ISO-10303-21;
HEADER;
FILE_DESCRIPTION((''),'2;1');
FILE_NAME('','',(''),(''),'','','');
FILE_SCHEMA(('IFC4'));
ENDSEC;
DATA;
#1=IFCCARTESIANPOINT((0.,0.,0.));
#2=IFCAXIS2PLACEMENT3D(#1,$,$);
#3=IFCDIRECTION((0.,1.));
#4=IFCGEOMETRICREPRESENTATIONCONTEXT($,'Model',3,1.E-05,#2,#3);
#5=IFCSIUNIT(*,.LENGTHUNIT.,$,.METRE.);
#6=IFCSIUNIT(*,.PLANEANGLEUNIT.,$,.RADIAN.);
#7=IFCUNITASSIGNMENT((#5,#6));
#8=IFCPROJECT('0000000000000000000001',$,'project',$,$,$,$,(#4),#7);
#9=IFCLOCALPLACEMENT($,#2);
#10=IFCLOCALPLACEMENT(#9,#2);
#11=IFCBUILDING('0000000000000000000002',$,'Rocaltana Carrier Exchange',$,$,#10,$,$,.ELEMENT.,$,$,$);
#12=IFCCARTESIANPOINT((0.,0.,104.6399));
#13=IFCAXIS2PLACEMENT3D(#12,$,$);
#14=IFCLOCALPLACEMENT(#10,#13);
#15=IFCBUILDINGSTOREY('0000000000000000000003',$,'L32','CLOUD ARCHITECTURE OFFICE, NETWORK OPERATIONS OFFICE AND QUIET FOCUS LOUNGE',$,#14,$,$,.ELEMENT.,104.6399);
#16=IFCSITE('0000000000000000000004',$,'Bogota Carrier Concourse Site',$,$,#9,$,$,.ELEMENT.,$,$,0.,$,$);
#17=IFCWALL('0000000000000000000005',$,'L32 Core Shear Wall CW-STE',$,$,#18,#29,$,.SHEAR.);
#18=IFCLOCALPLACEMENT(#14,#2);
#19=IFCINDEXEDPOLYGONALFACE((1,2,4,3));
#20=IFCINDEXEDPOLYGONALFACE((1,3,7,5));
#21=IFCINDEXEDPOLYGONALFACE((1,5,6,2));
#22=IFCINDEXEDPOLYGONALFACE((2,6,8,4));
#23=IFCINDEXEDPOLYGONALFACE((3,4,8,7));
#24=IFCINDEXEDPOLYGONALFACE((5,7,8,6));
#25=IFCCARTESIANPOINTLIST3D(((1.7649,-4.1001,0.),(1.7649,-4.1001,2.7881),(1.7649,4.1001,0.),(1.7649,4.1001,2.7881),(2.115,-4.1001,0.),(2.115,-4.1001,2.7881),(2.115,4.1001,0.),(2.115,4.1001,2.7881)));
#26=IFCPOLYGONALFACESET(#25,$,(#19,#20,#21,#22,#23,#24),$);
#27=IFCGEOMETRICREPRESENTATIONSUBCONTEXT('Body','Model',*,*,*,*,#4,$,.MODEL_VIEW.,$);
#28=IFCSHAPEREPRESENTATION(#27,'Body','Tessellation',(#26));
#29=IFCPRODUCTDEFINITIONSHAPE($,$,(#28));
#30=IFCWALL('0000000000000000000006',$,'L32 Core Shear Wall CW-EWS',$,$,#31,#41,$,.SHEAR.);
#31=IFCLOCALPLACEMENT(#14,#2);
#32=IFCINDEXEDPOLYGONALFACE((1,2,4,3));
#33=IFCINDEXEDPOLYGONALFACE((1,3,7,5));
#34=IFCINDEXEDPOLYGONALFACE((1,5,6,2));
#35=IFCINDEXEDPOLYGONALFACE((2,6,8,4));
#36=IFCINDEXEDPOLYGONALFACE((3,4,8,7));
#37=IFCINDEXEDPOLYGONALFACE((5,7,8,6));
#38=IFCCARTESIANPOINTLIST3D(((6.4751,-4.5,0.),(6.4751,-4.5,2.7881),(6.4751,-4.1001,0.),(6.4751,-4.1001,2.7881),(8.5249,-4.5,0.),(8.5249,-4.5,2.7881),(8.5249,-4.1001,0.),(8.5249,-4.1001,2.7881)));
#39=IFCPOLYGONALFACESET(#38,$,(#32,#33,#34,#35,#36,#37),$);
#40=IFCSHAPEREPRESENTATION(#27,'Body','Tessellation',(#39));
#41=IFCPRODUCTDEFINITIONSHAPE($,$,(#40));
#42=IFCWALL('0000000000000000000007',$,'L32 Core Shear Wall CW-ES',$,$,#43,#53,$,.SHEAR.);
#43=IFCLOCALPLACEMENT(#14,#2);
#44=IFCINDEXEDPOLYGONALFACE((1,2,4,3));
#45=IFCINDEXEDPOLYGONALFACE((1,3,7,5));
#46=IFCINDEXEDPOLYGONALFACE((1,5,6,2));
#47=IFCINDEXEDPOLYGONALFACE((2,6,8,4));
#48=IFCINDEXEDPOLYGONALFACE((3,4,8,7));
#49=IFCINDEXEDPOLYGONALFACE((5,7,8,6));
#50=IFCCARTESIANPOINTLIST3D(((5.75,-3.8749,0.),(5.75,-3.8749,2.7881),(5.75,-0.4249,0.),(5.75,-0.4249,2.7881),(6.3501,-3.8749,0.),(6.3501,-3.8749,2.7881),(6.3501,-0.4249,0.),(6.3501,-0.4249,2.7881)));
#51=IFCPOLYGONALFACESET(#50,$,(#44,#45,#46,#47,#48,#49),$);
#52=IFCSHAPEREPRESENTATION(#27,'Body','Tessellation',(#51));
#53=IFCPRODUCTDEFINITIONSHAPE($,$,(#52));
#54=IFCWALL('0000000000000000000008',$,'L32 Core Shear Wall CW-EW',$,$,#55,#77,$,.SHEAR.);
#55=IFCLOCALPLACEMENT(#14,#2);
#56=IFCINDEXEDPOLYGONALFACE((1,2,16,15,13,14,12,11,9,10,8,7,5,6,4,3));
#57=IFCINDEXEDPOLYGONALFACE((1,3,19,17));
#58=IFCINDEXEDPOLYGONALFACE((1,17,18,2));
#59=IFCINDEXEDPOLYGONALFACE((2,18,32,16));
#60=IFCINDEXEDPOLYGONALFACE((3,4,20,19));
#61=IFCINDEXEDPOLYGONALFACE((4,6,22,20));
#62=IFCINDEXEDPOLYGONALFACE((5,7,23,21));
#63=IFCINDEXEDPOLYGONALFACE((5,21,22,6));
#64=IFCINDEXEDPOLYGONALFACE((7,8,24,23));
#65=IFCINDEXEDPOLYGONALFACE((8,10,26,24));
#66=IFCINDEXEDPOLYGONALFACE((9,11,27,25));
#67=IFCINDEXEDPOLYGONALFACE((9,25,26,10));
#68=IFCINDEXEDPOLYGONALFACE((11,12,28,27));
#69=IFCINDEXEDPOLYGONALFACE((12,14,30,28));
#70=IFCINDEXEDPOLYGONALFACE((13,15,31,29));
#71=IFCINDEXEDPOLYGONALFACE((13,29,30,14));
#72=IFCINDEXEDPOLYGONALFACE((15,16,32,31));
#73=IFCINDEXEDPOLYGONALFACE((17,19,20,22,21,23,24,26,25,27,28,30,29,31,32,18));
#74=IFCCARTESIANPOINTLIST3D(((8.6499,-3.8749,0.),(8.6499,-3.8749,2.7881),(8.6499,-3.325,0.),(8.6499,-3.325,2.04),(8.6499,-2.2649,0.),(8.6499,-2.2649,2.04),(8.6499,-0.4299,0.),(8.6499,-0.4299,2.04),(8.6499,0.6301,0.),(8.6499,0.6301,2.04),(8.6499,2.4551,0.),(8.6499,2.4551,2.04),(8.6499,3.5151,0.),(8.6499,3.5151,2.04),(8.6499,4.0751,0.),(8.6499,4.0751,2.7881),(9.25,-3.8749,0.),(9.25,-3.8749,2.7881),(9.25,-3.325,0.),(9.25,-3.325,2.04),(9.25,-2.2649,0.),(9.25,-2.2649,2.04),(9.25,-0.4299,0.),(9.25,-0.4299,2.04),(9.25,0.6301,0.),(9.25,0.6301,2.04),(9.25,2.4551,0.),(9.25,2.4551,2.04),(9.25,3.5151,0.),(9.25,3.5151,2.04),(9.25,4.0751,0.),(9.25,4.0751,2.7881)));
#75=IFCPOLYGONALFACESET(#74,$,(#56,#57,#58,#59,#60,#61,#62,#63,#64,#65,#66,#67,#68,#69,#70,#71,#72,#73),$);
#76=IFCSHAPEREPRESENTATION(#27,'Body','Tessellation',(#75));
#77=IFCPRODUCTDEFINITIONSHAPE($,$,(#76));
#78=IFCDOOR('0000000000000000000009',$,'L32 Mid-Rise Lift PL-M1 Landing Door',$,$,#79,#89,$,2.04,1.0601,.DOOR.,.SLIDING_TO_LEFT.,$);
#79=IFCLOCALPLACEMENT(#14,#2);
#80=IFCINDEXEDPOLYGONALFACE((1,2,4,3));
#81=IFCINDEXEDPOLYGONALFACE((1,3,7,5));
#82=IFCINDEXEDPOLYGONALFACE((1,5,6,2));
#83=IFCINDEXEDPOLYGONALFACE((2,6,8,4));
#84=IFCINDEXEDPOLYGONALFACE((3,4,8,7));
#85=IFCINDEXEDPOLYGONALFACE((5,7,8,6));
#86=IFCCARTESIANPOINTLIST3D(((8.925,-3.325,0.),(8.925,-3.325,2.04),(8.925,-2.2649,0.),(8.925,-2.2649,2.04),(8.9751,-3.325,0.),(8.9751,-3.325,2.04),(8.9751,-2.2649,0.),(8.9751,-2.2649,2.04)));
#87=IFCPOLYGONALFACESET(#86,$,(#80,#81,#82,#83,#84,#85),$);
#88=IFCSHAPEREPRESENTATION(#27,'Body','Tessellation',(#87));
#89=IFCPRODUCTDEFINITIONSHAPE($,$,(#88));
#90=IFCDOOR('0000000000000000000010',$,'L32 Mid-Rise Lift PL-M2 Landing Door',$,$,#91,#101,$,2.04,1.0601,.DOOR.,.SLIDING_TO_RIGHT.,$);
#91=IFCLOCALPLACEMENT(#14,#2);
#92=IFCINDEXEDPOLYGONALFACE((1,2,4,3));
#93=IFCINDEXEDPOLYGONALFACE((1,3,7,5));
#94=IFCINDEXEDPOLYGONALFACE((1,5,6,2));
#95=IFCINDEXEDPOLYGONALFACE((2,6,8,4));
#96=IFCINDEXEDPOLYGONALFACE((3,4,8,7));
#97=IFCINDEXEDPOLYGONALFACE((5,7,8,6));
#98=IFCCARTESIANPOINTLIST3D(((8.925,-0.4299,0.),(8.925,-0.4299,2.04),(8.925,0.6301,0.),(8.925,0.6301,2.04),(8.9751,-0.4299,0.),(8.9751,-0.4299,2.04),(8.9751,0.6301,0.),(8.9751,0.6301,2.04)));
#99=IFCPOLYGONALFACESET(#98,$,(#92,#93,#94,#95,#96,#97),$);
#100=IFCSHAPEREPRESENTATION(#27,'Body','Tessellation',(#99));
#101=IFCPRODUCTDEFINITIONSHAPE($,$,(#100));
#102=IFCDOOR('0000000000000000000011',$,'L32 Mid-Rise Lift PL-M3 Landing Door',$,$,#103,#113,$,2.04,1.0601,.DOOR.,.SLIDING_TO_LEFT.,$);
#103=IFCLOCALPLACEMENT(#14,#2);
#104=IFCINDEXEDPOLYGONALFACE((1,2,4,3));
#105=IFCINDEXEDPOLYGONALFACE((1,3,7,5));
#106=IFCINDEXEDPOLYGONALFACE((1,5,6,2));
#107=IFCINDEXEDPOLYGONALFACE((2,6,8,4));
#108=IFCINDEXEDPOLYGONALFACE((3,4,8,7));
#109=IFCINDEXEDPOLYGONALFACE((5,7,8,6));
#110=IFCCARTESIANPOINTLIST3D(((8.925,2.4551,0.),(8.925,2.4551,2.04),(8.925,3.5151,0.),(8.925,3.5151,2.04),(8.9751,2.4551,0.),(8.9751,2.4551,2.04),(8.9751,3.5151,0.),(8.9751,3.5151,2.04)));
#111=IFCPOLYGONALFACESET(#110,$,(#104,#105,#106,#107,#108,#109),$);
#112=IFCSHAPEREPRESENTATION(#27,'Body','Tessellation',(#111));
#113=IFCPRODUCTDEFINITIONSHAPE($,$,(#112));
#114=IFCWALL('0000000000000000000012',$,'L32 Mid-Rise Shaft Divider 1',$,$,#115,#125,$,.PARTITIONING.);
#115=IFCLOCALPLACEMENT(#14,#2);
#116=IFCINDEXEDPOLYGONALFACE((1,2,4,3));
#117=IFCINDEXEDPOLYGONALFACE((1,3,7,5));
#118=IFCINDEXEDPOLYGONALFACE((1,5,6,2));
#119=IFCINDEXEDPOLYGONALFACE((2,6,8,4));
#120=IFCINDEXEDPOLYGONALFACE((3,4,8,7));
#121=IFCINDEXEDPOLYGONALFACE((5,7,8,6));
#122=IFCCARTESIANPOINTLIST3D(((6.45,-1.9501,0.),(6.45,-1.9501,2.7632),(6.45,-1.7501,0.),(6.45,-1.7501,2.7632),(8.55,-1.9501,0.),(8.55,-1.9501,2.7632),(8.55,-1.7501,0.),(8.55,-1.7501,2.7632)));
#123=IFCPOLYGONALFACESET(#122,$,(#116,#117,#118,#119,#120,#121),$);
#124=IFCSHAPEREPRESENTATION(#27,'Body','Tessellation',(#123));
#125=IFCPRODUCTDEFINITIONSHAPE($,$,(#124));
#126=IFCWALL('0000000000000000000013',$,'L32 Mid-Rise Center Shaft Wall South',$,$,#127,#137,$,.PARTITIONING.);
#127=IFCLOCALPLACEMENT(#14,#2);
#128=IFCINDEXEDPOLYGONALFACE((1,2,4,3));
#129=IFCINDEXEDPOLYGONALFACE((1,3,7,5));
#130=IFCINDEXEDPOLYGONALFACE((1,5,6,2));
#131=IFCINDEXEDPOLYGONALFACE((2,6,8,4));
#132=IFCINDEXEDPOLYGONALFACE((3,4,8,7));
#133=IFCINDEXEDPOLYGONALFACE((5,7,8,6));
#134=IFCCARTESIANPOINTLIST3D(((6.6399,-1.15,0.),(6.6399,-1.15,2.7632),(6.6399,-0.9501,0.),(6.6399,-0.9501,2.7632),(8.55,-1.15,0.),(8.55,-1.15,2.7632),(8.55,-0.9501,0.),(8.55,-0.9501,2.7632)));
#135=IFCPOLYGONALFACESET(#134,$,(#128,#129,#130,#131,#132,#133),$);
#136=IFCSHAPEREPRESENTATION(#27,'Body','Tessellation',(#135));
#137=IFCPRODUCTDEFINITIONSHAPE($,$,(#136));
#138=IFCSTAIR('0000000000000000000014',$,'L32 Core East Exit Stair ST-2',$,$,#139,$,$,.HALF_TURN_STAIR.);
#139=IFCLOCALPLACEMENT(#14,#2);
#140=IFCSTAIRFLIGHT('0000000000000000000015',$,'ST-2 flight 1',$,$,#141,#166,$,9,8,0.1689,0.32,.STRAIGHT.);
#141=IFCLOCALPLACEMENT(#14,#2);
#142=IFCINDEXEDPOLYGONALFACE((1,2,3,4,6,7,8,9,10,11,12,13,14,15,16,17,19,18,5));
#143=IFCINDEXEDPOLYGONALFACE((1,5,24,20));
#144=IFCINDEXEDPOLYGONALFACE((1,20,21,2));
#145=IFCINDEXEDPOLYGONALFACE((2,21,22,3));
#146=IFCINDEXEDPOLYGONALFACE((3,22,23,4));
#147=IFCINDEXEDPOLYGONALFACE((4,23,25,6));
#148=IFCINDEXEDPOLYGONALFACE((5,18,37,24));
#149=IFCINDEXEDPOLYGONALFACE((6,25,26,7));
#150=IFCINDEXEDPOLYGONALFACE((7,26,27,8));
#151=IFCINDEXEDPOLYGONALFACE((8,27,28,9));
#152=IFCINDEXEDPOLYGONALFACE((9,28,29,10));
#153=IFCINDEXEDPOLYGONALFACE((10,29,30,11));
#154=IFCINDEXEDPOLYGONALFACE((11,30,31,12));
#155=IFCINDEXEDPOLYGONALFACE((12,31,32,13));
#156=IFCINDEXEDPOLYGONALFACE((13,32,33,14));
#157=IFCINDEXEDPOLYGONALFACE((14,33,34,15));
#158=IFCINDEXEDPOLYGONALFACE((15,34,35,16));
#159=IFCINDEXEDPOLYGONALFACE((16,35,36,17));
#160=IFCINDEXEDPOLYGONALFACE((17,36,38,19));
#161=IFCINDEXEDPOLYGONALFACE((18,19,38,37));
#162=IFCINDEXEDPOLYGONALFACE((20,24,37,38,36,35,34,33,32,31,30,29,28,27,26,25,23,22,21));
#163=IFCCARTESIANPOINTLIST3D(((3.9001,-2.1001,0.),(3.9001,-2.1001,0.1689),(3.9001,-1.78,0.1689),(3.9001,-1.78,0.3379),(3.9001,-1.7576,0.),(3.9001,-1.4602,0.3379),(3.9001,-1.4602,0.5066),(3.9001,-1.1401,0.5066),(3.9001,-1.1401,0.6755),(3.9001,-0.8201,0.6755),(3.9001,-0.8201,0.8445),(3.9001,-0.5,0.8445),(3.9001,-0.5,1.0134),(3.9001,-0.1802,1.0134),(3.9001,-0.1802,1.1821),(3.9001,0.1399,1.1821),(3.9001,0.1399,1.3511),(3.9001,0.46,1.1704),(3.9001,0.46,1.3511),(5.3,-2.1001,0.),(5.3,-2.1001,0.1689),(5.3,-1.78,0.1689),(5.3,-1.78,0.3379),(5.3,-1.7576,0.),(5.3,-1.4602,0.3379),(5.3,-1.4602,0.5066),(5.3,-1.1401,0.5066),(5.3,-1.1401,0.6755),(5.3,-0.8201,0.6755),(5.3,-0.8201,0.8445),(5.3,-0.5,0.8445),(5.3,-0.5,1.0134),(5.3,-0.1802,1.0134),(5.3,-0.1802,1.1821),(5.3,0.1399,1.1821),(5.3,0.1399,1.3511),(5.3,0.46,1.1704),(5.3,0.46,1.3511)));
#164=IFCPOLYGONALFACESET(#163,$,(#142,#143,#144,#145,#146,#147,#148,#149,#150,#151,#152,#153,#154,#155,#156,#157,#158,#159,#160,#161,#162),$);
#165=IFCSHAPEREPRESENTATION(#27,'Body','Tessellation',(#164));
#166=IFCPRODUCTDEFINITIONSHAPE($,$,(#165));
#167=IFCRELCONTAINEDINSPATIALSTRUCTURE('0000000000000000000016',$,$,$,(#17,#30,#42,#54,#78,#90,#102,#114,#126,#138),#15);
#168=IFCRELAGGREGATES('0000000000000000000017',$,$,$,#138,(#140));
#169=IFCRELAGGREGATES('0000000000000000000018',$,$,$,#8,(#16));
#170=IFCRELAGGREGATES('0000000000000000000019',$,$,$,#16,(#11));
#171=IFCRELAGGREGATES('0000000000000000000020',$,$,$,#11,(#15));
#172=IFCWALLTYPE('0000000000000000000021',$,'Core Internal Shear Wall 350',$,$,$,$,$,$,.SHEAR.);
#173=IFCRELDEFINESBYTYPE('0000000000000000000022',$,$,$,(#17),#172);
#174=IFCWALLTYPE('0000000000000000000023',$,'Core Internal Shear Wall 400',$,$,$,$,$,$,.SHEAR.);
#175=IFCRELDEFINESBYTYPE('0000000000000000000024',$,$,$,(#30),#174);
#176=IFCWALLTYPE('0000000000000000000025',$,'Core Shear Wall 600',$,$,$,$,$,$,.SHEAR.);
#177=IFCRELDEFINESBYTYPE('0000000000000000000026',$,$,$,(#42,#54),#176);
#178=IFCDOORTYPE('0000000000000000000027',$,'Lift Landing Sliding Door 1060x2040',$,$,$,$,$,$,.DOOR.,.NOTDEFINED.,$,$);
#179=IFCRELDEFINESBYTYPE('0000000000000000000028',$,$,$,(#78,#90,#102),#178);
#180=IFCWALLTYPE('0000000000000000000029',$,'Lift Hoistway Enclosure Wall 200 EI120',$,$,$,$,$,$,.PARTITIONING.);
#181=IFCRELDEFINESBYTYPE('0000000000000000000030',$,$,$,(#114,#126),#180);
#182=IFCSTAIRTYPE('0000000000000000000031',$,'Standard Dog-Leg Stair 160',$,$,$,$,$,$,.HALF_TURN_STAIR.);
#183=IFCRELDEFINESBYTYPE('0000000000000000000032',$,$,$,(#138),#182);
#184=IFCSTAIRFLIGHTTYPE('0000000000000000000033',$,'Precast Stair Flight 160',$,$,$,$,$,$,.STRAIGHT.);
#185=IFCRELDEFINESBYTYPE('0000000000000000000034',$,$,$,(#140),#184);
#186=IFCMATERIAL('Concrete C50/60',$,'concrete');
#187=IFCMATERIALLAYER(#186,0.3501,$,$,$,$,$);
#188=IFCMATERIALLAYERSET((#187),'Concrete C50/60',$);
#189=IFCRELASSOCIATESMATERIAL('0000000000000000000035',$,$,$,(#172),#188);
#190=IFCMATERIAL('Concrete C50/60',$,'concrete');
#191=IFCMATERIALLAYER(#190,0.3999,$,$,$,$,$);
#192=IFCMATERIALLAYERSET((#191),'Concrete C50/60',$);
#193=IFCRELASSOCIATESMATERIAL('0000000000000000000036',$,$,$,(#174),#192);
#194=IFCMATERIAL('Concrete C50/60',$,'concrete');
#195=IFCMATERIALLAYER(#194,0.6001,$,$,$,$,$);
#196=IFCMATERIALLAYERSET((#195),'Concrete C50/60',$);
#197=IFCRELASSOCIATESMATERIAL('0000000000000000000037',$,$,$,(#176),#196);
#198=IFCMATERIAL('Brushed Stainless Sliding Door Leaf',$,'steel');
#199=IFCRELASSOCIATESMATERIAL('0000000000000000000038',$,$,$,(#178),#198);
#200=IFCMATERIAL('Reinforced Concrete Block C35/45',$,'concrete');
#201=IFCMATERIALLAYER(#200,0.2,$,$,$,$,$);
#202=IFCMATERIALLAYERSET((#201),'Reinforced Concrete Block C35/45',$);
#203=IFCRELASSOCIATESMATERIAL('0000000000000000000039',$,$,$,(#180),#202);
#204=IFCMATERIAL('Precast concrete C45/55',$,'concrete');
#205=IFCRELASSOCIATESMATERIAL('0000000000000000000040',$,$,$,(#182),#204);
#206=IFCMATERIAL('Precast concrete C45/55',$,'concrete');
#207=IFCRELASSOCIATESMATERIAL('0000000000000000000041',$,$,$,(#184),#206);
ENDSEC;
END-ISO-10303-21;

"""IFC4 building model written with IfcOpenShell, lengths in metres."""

from ifc_helpers import new_model, si_unit, direction, frame, frame_2d, origin, place, context, subcontext, project, spatial, polyline, rectangle, outline, extrude, material, layer, layer_set, type_object, element, fill, aggregate, save


model = new_model("IFC4")

# Units and contexts
model_context = context("Model", 3, precision=1e-05, world=origin(), true_north=direction((0.0, 1.0)))
body_context = subcontext(model_context, "Body", "Model", "MODEL_VIEW")
ifc_project = project(units=[si_unit("LENGTHUNIT", "METRE"), si_unit("PLANEANGLEUNIT", "RADIAN")], contexts=[model_context])

# Site, building, storey
site_placement = place(None, origin())
site = spatial("IfcSite", under=ifc_project, at=site_placement, Name="Bogota Carrier Concourse Site", CompositionType="ELEMENT", RefElevation=0.0)
building_placement = place(site_placement, origin())
building = spatial("IfcBuilding", under=site, at=building_placement, Name="Rocaltana Carrier Exchange", CompositionType="ELEMENT")
storey_placement = place(building_placement, frame((0.0, 0.0, 104.6399)))
storey = spatial("IfcBuildingStorey", under=building, at=storey_placement, Name="L32", Description="CLOUD ARCHITECTURE OFFICE, NETWORK OPERATIONS OFFICE AND QUIET FOCUS LOUNGE", CompositionType="ELEMENT", Elevation=104.6399)

# Walls
ifc_material_1 = material(Name="Concrete C50/60", Category="concrete")
ifc_layer_1 = layer(ifc_material_1, 0.3501)
ifc_layer_set_1 = layer_set([ifc_layer_1], Name="Concrete C50/60")
wall_type_1 = type_object("IfcWallType", Name="Core Internal Shear Wall 350", PredefinedType="SHEAR", material=ifc_layer_set_1)
wall_1_placement = place(storey_placement, frame((1.9399, -4.1001, 0.0), z_axis=(0.0, 0.0, 1.0), x_axis=(0.0, 1.0, 0.0)))
element("IfcWall", 1, at=wall_1_placement, inside=storey, type_object=wall_type_1, Name="L32 Core Shear Wall CW-STE", PredefinedType="SHEAR", context=body_context, shape_type="SweptSolid", body=[
    extrude(rectangle(XDim=8.2002, YDim=0.3501, at=frame_2d((4.1001, 0.0))), origin(), (0.0, 0.0, 1.0), 2.7881),
])
ifc_material_2 = material(Name="Concrete C50/60", Category="concrete")
ifc_layer_2 = layer(ifc_material_2, 0.3999)
ifc_layer_set_2 = layer_set([ifc_layer_2], Name="Concrete C50/60")
wall_type_2 = type_object("IfcWallType", Name="Core Internal Shear Wall 400", PredefinedType="SHEAR", material=ifc_layer_set_2)
wall_2_placement = place(storey_placement, frame((6.4751, -4.3, 0.0), z_axis=(0.0, 0.0, 1.0), x_axis=(1.0, 0.0, 0.0)))
element("IfcWall", 2, at=wall_2_placement, inside=storey, type_object=wall_type_2, Name="L32 Core Shear Wall CW-EWS", PredefinedType="SHEAR", context=body_context, shape_type="SweptSolid", body=[
    extrude(rectangle(XDim=2.0498, YDim=0.3999, at=frame_2d((1.0249, 0.0))), origin(), (0.0, 0.0, 1.0), 2.7881),
])
ifc_material_3 = material(Name="Concrete C50/60", Category="concrete")
ifc_layer_3 = layer(ifc_material_3, 0.6001)
ifc_layer_set_3 = layer_set([ifc_layer_3], Name="Concrete C50/60")
wall_type_3 = type_object("IfcWallType", Name="Core Shear Wall 600", PredefinedType="SHEAR", material=ifc_layer_set_3)
wall_3_placement = place(storey_placement, frame((6.05, -3.875, 0.0), z_axis=(0.0, 0.0, 1.0), x_axis=(0.0, 1.0, 0.0)))
element("IfcWall", 3, at=wall_3_placement, inside=storey, type_object=wall_type_3, Name="L32 Core Shear Wall CW-ES", PredefinedType="SHEAR", context=body_context, shape_type="SweptSolid", body=[
    extrude(rectangle(XDim=3.45, YDim=0.6001, at=frame_2d((1.7251, 0.0))), origin(), (0.0, 0.0, 1.0), 2.7881),
])

# Wall, openings, doors
wall_4_placement = place(storey_placement, frame((8.95, -3.875, 0.0), z_axis=(0.0, 0.0, 1.0), x_axis=(0.0, 1.0, 0.0)))
wall_4 = element("IfcWall", 4, at=wall_4_placement, inside=storey, type_object=wall_type_3, Name="L32 Core Shear Wall CW-EW", PredefinedType="SHEAR", context=body_context, shape_type="SweptSolid", body=[
    extrude(rectangle(XDim=7.95, YDim=0.6001, at=frame_2d((3.9751, 0.0))), origin(), (0.0, 0.0, 1.0), 2.7881),
])
opening_1_placement = place(wall_4_placement, frame((0.55, 0.0, 0.0)))
opening_1 = element("IfcOpeningElement", 5, at=opening_1_placement, cuts=wall_4, PredefinedType="OPENING", context=body_context, shape_type="SweptSolid", body=[
    extrude(rectangle(XDim=1.0601, YDim=2.04, at=frame_2d((0.53, 1.02))), frame((0.0, 0.3101, 0.0), z_axis=(0.0, -1.0, 0.0), x_axis=(1.0, 0.0, 0.0)), (0.0, 0.0, 1.0), 0.6201),
])
opening_2_placement = place(wall_4_placement, frame((3.4451, 0.0, 0.0)))
opening_2 = element("IfcOpeningElement", 6, at=opening_2_placement, cuts=wall_4, PredefinedType="OPENING", context=body_context, shape_type="SweptSolid", body=[
    extrude(rectangle(XDim=1.0601, YDim=2.04, at=frame_2d((0.53, 1.02))), frame((0.0, 0.3101, 0.0), z_axis=(0.0, -1.0, 0.0), x_axis=(1.0, 0.0, 0.0)), (0.0, 0.0, 1.0), 0.6201),
])
opening_3_placement = place(wall_4_placement, frame((6.3301, 0.0, 0.0)))
opening_3 = element("IfcOpeningElement", 7, at=opening_3_placement, cuts=wall_4, PredefinedType="OPENING", context=body_context, shape_type="SweptSolid", body=[
    extrude(rectangle(XDim=1.0601, YDim=2.04, at=frame_2d((0.53, 1.02))), frame((0.0, 0.3101, 0.0), z_axis=(0.0, -1.0, 0.0), x_axis=(1.0, 0.0, 0.0)), (0.0, 0.0, 1.0), 0.6201),
])
ifc_material_4 = material(Name="Brushed Stainless Sliding Door Leaf", Category="steel")
door_type = type_object("IfcDoorType", Name="Lift Landing Sliding Door 1060x2040", OperationType="NOTDEFINED", PredefinedType="DOOR", material=ifc_material_4)
door_1_placement = place(opening_1_placement, origin())
door_1 = element("IfcDoor", 8, at=door_1_placement, inside=storey, type_object=door_type, Name="L32 Mid-Rise Lift PL-M1 Landing Door", OperationType="SLIDING_TO_LEFT", OverallHeight=2.04, OverallWidth=1.0601, PredefinedType="DOOR", context=body_context, shape_type="SweptSolid", body=[
    extrude(rectangle(XDim=1.0601, YDim=2.04, at=frame_2d((0.53, 1.02))), frame((0.0, 0.0249, 0.0), z_axis=(0.0, -1.0, 0.0), x_axis=(1.0, 0.0, 0.0)), (0.0, 0.0, 1.0), 0.05),
])
fill(opening_1, door_1)
door_2_placement = place(opening_2_placement, origin())
door_2 = element("IfcDoor", 9, at=door_2_placement, inside=storey, type_object=door_type, Name="L32 Mid-Rise Lift PL-M2 Landing Door", OperationType="SLIDING_TO_RIGHT", OverallHeight=2.04, OverallWidth=1.0601, PredefinedType="DOOR", context=body_context, shape_type="SweptSolid", body=[
    extrude(rectangle(XDim=1.0601, YDim=2.04, at=frame_2d((0.53, 1.02))), frame((0.0, 0.0249, 0.0), z_axis=(0.0, -1.0, 0.0), x_axis=(1.0, 0.0, 0.0)), (0.0, 0.0, 1.0), 0.05),
])
fill(opening_2, door_2)
door_3_placement = place(opening_3_placement, origin())
door_3 = element("IfcDoor", 10, at=door_3_placement, inside=storey, type_object=door_type, Name="L32 Mid-Rise Lift PL-M3 Landing Door", OperationType="SLIDING_TO_LEFT", OverallHeight=2.04, OverallWidth=1.0601, PredefinedType="DOOR", context=body_context, shape_type="SweptSolid", body=[
    extrude(rectangle(XDim=1.0601, YDim=2.04, at=frame_2d((0.53, 1.02))), frame((0.0, 0.0249, 0.0), z_axis=(0.0, -1.0, 0.0), x_axis=(1.0, 0.0, 0.0)), (0.0, 0.0, 1.0), 0.05),
])
fill(opening_3, door_3)

# Walls
ifc_material_5 = material(Name="Reinforced Concrete Block C35/45", Category="concrete")
ifc_layer_4 = layer(ifc_material_5, 0.2)
ifc_layer_set_4 = layer_set([ifc_layer_4], Name="Reinforced Concrete Block C35/45")
wall_type_4 = type_object("IfcWallType", Name="Lift Hoistway Enclosure Wall 200 EI120", PredefinedType="PARTITIONING", material=ifc_layer_set_4)
wall_5_placement = place(storey_placement, frame((6.45, -1.8501, 0.0), z_axis=(0.0, 0.0, 1.0), x_axis=(1.0, 0.0, 0.0)))
element("IfcWall", 11, at=wall_5_placement, inside=storey, type_object=wall_type_4, Name="L32 Mid-Rise Shaft Divider 1", PredefinedType="PARTITIONING", context=body_context, shape_type="SweptSolid", body=[
    extrude(rectangle(XDim=2.1001, YDim=0.2, at=frame_2d((1.05, 0.0))), origin(), (0.0, 0.0, 1.0), 2.7632),
])
wall_6_placement = place(storey_placement, frame((6.6399, -1.05, 0.0), z_axis=(0.0, 0.0, 1.0), x_axis=(1.0, 0.0, 0.0)))
element("IfcWall", 12, at=wall_6_placement, inside=storey, type_object=wall_type_4, Name="L32 Mid-Rise Center Shaft Wall South", PredefinedType="PARTITIONING", context=body_context, shape_type="SweptSolid", body=[
    extrude(rectangle(XDim=1.9102, YDim=0.2, at=frame_2d((0.9551, 0.0))), origin(), (0.0, 0.0, 1.0), 2.7632),
])

# Stair, stair flight
ifc_material_6 = material(Name="Precast concrete C45/55", Category="concrete")
stair_type = type_object("IfcStairType", Name="Standard Dog-Leg Stair 160", PredefinedType="HALF_TURN_STAIR", material=ifc_material_6)
stair_placement = place(storey_placement, origin())
stair = element("IfcStair", 13, at=stair_placement, inside=storey, type_object=stair_type, Name="L32 Core East Exit Stair ST-2", PredefinedType="HALF_TURN_STAIR")
ifc_material_7 = material(Name="Precast concrete C45/55", Category="concrete")
stair_flight_type = type_object("IfcStairFlightType", Name="Precast Stair Flight 160", PredefinedType="STRAIGHT", material=ifc_material_7)
stair_flight_placement = place(storey_placement, frame((4.6001, -2.1001, 0.0), z_axis=(0.0, 0.0, 1.0), x_axis=(0.0, 1.0, 0.0)))
stair_flight = element("IfcStairFlight", 14, at=stair_flight_placement, type_object=stair_flight_type, Name="ST-2 flight 1", NumberOfRisers=9, NumberOfTreads=8, PredefinedType="STRAIGHT", RiserHeight=0.1689, TreadLength=0.32, context=body_context, shape_type="SweptSolid", body=[
    extrude(outline(polyline([(0.0, 0.0), (0.0, 0.1689), (0.3201, 0.1689), (0.3201, 0.3379), (0.6399, 0.3379), (0.6399, 0.5066), (0.96, 0.5066), (0.96, 0.6755), (1.28, 0.6755), (1.28, 0.8445), (1.6001, 0.8445), (1.6001, 1.0134), (1.9199, 1.0134), (1.9199, 1.1821), (2.24, 1.1821), (2.24, 1.3511), (2.5601, 1.3511), (2.5601, 1.52), (2.5601, 1.1704), (0.3425, 0.0), (0.0, 0.0)])), frame((0.0, 0.7, 0.0), z_axis=(0.0, -1.0, 0.0), x_axis=(1.0, 0.0, 0.0)), (0.0, 0.0, 1.0), 1.3999),
])
aggregate(stair, [stair_flight])

save(model, "model.ifc")
